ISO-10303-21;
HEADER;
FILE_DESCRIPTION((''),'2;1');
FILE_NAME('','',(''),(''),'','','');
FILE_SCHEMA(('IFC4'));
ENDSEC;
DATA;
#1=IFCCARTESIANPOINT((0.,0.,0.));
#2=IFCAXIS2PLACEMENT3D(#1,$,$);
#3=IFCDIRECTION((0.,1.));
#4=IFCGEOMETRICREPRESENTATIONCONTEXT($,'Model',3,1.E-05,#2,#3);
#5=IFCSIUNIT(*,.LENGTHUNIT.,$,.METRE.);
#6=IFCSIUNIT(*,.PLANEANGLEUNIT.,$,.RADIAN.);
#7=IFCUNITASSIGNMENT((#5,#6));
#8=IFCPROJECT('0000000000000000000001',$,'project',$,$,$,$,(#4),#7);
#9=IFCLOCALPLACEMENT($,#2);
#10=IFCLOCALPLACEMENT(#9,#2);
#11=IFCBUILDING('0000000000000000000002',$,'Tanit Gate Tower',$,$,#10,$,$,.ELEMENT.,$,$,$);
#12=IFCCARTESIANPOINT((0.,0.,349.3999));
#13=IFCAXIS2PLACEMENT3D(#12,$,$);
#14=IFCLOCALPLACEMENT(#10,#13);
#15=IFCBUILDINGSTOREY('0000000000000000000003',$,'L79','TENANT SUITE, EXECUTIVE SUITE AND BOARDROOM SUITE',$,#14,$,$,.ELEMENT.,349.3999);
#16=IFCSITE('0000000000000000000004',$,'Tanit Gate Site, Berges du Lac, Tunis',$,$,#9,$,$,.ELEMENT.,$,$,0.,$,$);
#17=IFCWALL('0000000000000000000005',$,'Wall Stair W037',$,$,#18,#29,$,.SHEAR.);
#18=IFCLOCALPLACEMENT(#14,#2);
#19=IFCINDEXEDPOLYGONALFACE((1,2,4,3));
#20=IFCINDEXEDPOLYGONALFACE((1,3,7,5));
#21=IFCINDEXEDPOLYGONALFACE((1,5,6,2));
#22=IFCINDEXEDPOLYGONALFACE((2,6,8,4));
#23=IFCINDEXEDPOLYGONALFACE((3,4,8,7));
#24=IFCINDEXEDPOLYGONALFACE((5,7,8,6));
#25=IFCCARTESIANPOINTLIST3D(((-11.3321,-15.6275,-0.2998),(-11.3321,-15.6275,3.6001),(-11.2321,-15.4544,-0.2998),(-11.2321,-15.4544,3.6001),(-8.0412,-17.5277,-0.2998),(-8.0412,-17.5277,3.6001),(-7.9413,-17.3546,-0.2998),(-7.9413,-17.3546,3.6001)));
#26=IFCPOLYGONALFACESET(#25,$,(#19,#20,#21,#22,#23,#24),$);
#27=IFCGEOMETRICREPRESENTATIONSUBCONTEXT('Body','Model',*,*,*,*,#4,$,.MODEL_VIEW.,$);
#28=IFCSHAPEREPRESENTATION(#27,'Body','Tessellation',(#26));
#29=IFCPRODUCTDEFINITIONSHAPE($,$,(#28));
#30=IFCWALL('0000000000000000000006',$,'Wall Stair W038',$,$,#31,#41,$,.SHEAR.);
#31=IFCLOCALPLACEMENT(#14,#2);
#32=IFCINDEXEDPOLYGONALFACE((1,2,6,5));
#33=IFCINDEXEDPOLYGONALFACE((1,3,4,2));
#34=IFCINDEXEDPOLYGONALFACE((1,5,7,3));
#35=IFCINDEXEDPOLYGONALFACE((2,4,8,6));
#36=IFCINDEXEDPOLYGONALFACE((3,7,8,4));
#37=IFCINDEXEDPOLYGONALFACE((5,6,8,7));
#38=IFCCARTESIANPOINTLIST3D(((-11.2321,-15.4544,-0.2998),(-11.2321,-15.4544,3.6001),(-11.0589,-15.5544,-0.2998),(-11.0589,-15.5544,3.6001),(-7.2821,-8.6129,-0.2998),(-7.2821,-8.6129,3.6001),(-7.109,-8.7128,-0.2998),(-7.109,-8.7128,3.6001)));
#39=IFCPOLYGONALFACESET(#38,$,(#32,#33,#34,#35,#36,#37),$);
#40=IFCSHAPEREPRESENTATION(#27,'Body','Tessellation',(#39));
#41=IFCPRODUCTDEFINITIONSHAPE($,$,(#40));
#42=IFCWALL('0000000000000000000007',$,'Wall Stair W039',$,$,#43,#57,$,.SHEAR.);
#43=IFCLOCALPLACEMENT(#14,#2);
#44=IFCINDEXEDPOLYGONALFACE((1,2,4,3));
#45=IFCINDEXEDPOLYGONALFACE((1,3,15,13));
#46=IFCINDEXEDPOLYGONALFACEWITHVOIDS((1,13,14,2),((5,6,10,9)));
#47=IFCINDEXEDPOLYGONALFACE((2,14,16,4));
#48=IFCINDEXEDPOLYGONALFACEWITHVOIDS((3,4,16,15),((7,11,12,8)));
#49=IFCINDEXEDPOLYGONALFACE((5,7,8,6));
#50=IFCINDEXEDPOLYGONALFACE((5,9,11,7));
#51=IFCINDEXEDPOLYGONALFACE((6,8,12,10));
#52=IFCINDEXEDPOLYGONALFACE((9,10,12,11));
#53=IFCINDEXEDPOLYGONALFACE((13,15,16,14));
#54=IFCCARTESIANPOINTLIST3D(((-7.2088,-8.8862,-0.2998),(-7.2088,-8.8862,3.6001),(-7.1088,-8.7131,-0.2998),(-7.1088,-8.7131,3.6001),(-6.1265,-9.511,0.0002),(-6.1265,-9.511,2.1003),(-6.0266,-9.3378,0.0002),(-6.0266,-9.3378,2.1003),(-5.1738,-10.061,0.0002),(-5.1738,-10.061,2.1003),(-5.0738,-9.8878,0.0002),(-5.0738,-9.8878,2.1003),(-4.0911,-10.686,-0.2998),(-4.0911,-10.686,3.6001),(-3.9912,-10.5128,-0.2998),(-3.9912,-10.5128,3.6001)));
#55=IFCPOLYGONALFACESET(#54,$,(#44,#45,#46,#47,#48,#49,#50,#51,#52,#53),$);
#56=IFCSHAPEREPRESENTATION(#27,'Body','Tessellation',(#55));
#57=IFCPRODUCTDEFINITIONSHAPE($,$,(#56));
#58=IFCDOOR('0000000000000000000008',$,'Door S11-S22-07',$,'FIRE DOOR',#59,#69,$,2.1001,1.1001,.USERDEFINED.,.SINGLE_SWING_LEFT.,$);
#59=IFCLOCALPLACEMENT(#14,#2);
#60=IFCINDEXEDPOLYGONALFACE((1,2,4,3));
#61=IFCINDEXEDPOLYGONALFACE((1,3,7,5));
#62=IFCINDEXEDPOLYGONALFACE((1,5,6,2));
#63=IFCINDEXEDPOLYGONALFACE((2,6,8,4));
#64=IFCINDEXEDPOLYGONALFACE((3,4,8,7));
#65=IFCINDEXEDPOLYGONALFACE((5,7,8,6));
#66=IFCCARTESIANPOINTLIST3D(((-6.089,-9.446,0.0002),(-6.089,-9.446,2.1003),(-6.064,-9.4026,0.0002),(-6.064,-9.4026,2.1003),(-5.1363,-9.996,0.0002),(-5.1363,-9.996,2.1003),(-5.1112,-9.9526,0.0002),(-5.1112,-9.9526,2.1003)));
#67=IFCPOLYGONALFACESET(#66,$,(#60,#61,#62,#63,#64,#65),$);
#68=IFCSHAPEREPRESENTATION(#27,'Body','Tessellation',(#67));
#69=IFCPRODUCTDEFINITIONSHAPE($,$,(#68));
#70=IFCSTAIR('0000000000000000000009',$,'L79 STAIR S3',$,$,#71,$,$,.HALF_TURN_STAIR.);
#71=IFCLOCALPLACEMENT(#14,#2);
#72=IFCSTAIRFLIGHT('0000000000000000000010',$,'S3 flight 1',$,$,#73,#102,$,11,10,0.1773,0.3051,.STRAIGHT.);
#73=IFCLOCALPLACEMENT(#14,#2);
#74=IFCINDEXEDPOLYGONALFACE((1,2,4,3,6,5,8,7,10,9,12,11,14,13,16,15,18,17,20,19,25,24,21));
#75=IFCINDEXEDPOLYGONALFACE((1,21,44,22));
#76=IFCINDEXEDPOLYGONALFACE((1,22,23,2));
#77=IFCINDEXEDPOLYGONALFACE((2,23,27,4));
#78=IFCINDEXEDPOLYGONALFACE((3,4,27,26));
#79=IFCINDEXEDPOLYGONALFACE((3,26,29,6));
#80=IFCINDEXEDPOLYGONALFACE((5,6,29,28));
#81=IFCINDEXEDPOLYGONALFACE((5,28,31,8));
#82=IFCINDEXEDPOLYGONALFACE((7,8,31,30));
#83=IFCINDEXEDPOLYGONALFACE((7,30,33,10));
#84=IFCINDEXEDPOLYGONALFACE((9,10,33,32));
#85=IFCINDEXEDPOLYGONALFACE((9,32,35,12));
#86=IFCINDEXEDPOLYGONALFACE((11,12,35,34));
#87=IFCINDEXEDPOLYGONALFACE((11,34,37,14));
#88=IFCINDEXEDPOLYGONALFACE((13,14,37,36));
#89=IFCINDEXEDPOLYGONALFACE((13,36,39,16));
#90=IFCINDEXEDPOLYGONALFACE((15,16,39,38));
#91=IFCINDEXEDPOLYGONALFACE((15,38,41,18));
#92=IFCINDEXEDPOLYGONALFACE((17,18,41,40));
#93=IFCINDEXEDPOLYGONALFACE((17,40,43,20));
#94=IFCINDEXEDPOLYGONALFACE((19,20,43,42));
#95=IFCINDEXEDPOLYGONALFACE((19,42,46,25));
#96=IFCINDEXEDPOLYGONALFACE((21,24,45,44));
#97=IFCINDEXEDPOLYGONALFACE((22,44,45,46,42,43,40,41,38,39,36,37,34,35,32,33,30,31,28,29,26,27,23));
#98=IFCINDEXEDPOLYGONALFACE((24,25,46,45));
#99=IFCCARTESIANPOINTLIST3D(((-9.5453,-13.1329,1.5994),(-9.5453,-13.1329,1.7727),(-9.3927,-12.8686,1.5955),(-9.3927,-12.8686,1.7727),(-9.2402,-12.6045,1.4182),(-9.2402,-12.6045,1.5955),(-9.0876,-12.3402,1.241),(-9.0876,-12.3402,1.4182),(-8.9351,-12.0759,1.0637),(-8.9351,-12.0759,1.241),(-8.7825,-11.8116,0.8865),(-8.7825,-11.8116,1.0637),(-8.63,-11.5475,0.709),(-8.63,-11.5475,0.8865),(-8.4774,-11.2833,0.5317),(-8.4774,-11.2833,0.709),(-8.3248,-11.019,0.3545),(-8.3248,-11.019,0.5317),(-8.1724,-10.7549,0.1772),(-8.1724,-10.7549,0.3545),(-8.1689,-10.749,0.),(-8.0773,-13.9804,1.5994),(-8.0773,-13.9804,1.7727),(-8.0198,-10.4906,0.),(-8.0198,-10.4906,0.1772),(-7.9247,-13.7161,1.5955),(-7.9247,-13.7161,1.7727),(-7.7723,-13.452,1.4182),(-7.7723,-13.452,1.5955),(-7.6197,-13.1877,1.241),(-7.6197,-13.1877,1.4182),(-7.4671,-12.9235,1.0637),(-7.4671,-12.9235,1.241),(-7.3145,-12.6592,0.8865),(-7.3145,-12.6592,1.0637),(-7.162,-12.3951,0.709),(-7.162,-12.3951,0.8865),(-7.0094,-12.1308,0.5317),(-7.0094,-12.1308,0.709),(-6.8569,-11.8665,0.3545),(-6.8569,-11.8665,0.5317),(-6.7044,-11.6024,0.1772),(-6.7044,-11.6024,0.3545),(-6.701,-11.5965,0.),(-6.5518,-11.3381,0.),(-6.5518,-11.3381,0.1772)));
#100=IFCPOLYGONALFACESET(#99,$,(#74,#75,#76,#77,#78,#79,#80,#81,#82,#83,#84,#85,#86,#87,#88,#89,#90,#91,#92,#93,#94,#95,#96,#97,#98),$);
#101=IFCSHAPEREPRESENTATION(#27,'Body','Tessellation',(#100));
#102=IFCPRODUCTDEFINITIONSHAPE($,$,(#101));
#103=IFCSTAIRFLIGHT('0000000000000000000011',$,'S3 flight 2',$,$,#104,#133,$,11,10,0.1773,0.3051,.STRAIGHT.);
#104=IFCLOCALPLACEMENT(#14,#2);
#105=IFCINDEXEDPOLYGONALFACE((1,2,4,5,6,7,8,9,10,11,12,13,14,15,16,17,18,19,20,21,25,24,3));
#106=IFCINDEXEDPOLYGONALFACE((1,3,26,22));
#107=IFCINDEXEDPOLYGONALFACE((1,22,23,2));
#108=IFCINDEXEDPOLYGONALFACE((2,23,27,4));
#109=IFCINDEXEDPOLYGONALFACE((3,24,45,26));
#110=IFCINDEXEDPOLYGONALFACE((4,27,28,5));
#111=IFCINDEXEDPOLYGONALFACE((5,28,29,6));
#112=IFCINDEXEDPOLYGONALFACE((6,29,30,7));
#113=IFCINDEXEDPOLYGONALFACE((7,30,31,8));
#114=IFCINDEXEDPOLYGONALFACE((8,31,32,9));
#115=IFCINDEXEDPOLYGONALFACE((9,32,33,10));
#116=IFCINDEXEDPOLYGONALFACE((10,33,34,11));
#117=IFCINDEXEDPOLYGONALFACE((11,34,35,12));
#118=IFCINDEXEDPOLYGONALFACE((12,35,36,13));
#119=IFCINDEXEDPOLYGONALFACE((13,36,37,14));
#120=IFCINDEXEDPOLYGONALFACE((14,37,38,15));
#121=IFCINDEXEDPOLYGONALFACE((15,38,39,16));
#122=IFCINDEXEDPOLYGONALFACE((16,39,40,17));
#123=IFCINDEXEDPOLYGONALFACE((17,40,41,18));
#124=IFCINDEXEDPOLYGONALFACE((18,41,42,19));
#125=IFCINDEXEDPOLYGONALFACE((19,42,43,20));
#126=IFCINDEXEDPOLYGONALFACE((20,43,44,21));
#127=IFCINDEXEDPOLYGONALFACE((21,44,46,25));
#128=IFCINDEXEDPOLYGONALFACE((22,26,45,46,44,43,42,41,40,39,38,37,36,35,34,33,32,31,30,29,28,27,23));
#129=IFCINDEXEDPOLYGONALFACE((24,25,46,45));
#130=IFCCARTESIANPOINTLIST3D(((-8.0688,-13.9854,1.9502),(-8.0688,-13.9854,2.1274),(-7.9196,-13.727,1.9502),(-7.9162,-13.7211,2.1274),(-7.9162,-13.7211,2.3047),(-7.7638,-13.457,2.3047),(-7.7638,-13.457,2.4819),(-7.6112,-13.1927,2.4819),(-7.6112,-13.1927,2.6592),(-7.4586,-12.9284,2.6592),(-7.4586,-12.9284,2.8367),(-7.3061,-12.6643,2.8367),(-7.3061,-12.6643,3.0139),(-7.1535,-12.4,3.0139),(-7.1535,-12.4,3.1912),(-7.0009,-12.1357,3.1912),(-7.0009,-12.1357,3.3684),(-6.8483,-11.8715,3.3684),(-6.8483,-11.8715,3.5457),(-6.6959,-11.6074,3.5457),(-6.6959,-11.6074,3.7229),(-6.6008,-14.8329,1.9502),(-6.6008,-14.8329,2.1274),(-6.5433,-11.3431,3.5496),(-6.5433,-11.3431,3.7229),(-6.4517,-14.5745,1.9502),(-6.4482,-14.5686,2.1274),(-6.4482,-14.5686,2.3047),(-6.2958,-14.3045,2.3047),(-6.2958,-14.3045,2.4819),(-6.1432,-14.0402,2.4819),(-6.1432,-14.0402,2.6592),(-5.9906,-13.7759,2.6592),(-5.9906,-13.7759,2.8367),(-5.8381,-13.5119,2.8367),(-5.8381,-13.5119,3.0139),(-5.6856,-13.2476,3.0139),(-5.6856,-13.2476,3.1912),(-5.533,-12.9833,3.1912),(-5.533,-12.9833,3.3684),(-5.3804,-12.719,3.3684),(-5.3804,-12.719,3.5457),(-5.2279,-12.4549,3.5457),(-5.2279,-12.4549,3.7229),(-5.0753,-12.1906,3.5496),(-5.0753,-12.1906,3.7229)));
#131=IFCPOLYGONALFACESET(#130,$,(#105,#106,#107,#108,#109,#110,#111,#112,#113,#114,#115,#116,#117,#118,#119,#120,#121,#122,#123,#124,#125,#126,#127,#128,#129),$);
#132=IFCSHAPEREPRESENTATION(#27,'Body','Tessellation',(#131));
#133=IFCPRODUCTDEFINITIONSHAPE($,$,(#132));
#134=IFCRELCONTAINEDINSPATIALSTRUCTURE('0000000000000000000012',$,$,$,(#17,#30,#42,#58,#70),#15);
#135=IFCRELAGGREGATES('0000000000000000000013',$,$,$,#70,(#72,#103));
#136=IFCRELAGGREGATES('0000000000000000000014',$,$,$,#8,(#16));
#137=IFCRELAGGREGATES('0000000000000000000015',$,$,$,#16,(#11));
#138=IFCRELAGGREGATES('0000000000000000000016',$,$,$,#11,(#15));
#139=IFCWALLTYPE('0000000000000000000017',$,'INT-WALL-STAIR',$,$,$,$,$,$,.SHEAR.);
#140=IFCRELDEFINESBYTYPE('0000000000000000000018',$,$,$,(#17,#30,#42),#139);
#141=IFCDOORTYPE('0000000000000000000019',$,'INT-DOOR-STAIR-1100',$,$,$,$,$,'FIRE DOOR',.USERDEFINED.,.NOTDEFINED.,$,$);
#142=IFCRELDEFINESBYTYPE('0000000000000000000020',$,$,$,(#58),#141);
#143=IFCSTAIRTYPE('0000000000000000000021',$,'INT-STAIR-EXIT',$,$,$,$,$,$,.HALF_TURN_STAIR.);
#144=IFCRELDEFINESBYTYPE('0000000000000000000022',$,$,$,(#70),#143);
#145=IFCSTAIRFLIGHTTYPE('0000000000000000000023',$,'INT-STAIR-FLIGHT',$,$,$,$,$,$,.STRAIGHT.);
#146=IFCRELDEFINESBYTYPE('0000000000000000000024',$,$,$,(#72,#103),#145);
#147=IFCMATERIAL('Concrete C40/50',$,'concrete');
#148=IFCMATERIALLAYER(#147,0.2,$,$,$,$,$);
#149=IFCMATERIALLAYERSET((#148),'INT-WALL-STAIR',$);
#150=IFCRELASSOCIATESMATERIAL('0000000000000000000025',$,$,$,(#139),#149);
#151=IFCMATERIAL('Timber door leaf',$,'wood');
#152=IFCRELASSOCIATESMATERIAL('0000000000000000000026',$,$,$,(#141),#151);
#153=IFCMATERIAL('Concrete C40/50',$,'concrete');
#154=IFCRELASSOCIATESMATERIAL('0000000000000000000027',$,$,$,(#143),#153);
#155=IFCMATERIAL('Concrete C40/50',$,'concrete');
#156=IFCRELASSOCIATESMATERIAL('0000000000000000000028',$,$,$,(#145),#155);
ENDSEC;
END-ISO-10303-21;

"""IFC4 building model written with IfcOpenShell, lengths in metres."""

from ifc_helpers import new_model, si_unit, direction, frame, frame_2d, origin, place, context, subcontext, project, spatial, polyline, rectangle, outline, extrude, material, layer, layer_set, type_object, element, fill, aggregate, save


model = new_model("IFC4")

# Units and contexts
model_context = context("Model", 3, precision=1e-05, world=origin(), true_north=direction((0.0, 1.0)))
body_context = subcontext(model_context, "Body", "Model", "MODEL_VIEW")
ifc_project = project(units=[si_unit("LENGTHUNIT", "METRE"), si_unit("PLANEANGLEUNIT", "RADIAN")], contexts=[model_context])

# Site, building, storey
site_placement = place(None, origin())
site = spatial("IfcSite", under=ifc_project, at=site_placement, Name="Tanit Gate Site, Berges du Lac, Tunis", CompositionType="ELEMENT", RefElevation=0.0)
building_placement = place(site_placement, origin())
building = spatial("IfcBuilding", under=site, at=building_placement, Name="Tanit Gate Tower", CompositionType="ELEMENT")
storey_placement = place(building_placement, frame((0.0, 0.0, 349.3999)))
storey = spatial("IfcBuildingStorey", under=building, at=storey_placement, Name="L79", Description="TENANT SUITE, EXECUTIVE SUITE AND BOARDROOM SUITE", CompositionType="ELEMENT", Elevation=349.3999)

# Walls
ifc_material_1 = material(Name="Concrete C40/50", Category="concrete")
ifc_layer_1 = layer(ifc_material_1, 0.2)
ifc_layer_set_1 = layer_set([ifc_layer_1], Name="INT-WALL-STAIR")
wall_type_1 = type_object("IfcWallType", Name="INT-WALL-STAIR", PredefinedType="SHEAR", material=ifc_layer_set_1)
wall_1_placement = place(storey_placement, frame((-11.282, -15.541, -0.2998), z_axis=(0.0, 0.0, 1.0), x_axis=(0.866, -0.500043, 0.0)))
element("IfcWall", 1, at=wall_1_placement, inside=storey, type_object=wall_type_1, Name="Wall Stair W037", PredefinedType="SHEAR", context=body_context, shape_type="SweptSolid", body=[
    extrude(rectangle(XDim=3.8, YDim=0.2, at=frame_2d((1.8999, 0.0))), origin(), (0.0, 0.0, 1.0), 3.8999),
])
wall_2_placement = place(storey_placement, frame((-7.1956, -8.6628, -0.2998), z_axis=(0.0, 0.0, 1.0), x_axis=(-0.499998, -0.866027, 0.0)))
element("IfcWall", 2, at=wall_2_placement, inside=storey, type_object=wall_type_1, Name="Wall Stair W038", PredefinedType="SHEAR", context=body_context, shape_type="SweptSolid", body=[
    extrude(rectangle(XDim=7.8999, YDim=0.2, at=frame_2d((3.95, 0.0))), origin(), (0.0, 0.0, 1.0), 3.8999),
])

# Wall, opening, door
wall_3_placement = place(storey_placement, frame((-4.0413, -10.5994, -0.2998), z_axis=(0.0, 0.0, 1.0), x_axis=(-0.866048, 0.499961, 0.0)))
wall_3 = element("IfcWall", 3, at=wall_3_placement, inside=storey, type_object=wall_type_1, Name="Wall Stair W039", PredefinedType="SHEAR", context=body_context, shape_type="SweptSolid", body=[
    extrude(rectangle(XDim=3.5999, YDim=0.2, at=frame_2d((1.7998, 0.0))), origin(), (0.0, 0.0, 1.0), 3.8999),
])
opening_1_placement = place(wall_3_placement, frame((1.25, 0.0, 0.3)))
opening_1 = element("IfcOpeningElement", 4, at=opening_1_placement, cuts=wall_3, PredefinedType="OPENING", context=body_context, shape_type="SweptSolid", body=[
    extrude(rectangle(XDim=1.1001, YDim=2.1001, at=frame_2d((0.55, 1.05))), frame((0.0, 0.1099, 0.0), z_axis=(0.0, -1.0, 0.0), x_axis=(1.0, 0.0, 0.0)), (0.0, 0.0, 1.0), 0.22),
])
ifc_material_2 = material(Name="Timber door leaf", Category="wood")
door_type_1 = type_object("IfcDoorType", Name="INT-DOOR-STAIR-1100", ElementType="FIRE DOOR", OperationType="NOTDEFINED", PredefinedType="USERDEFINED", material=ifc_material_2)
door_1_placement = place(opening_1_placement, origin())
door_1 = element("IfcDoor", 5, at=door_1_placement, inside=storey, type_object=door_type_1, Name="Door S11-S22-07", ObjectType="FIRE DOOR", OperationType="SINGLE_SWING_LEFT", OverallHeight=2.1001, OverallWidth=1.1001, PredefinedType="USERDEFINED", context=body_context, shape_type="SweptSolid", body=[
    extrude(rectangle(XDim=1.1001, YDim=2.1001, at=frame_2d((0.55, 1.05))), frame((0.0, 0.0249, 0.0), z_axis=(0.0, -1.0, 0.0), x_axis=(1.0, 0.0, 0.0)), (0.0, 0.0, 1.0), 0.05),
])
fill(opening_1, door_1)

# Stair, stair flights
ifc_material_3 = material(Name="Concrete C40/50", Category="concrete")
stair_type = type_object("IfcStairType", Name="INT-STAIR-EXIT", PredefinedType="HALF_TURN_STAIR", material=ifc_material_3)
stair_placement = place(storey_placement, origin())
stair = element("IfcStair", 6, at=stair_placement, inside=storey, type_object=stair_type, Name="L79 STAIR S3", PredefinedType="HALF_TURN_STAIR")
ifc_material_4 = material(Name="Concrete C40/50", Category="concrete")
stair_flight_type = type_object("IfcStairFlightType", Name="INT-STAIR-FLIGHT", PredefinedType="STRAIGHT", material=ifc_material_4)
stair_flight_1_placement = place(storey_placement, frame((-7.2859, -10.9143, 0.0), z_axis=(0.0, 0.0, 1.0), x_axis=(-0.5, -0.866025, 0.0)))
stair_flight_1 = element("IfcStairFlight", 7, at=stair_flight_1_placement, type_object=stair_flight_type, Name="S3 flight 1", NumberOfRisers=11, NumberOfTreads=10, PredefinedType="STRAIGHT", RiserHeight=0.1773, TreadLength=0.3051, context=body_context, shape_type="SweptSolid", body=[
    extrude(outline(polyline([(0.0, 0.0), (0.0, 0.1772), (0.3052, 0.1772), (0.3052, 0.3545), (0.6101, 0.3545), (0.6101, 0.5317), (0.9153, 0.5317), (0.9153, 0.709), (1.2205, 0.709), (1.2205, 0.8865), (1.5254, 0.8865), (1.5254, 1.0637), (1.8306, 1.0637), (1.8306, 1.241), (2.1357, 1.241), (2.1357, 1.4182), (2.4409, 1.4182), (2.4409, 1.5955), (2.7458, 1.5955), (2.7458, 1.7727), (3.051, 1.7727), (3.051, 1.95), (3.051, 1.5994), (0.2983, 0.0), (0.0, 0.0)])), frame((0.0, 0.8477, 0.0), z_axis=(0.0, -1.0, 0.0), x_axis=(1.0, 0.0, 0.0)), (0.0, 0.0, 1.0), 1.6951),
])
stair_flight_2_placement = place(storey_placement, frame((-7.3347, -14.4092, 1.9502), z_axis=(0.0, 0.0, 1.0), x_axis=(0.5, 0.866025, 0.0)))
stair_flight_2 = element("IfcStairFlight", 8, at=stair_flight_2_placement, type_object=stair_flight_type, Name="S3 flight 2", NumberOfRisers=11, NumberOfTreads=10, PredefinedType="STRAIGHT", RiserHeight=0.1773, TreadLength=0.3051, context=body_context, shape_type="SweptSolid", body=[
    extrude(outline(polyline([(0.0, 0.0), (0.0, 0.1772), (0.3052, 0.1772), (0.3052, 0.3545), (0.6101, 0.3545), (0.6101, 0.5317), (0.9153, 0.5317), (0.9153, 0.709), (1.2205, 0.709), (1.2205, 0.8865), (1.5254, 0.8865), (1.5254, 1.0637), (1.8306, 1.0637), (1.8306, 1.241), (2.1357, 1.241), (2.1357, 1.4182), (2.4409, 1.4182), (2.4409, 1.5955), (2.7458, 1.5955), (2.7458, 1.7727), (3.051, 1.7727), (3.051, 1.95), (3.051, 1.5994), (0.2983, 0.0), (0.0, 0.0)])), frame((0.0, 0.8477, 0.0), z_axis=(0.0, -1.0, 0.0), x_axis=(1.0, 0.0, 0.0)), (0.0, 0.0, 1.0), 1.6951),
])
aggregate(stair, [stair_flight_1, stair_flight_2])

save(model, "model.ifc")
